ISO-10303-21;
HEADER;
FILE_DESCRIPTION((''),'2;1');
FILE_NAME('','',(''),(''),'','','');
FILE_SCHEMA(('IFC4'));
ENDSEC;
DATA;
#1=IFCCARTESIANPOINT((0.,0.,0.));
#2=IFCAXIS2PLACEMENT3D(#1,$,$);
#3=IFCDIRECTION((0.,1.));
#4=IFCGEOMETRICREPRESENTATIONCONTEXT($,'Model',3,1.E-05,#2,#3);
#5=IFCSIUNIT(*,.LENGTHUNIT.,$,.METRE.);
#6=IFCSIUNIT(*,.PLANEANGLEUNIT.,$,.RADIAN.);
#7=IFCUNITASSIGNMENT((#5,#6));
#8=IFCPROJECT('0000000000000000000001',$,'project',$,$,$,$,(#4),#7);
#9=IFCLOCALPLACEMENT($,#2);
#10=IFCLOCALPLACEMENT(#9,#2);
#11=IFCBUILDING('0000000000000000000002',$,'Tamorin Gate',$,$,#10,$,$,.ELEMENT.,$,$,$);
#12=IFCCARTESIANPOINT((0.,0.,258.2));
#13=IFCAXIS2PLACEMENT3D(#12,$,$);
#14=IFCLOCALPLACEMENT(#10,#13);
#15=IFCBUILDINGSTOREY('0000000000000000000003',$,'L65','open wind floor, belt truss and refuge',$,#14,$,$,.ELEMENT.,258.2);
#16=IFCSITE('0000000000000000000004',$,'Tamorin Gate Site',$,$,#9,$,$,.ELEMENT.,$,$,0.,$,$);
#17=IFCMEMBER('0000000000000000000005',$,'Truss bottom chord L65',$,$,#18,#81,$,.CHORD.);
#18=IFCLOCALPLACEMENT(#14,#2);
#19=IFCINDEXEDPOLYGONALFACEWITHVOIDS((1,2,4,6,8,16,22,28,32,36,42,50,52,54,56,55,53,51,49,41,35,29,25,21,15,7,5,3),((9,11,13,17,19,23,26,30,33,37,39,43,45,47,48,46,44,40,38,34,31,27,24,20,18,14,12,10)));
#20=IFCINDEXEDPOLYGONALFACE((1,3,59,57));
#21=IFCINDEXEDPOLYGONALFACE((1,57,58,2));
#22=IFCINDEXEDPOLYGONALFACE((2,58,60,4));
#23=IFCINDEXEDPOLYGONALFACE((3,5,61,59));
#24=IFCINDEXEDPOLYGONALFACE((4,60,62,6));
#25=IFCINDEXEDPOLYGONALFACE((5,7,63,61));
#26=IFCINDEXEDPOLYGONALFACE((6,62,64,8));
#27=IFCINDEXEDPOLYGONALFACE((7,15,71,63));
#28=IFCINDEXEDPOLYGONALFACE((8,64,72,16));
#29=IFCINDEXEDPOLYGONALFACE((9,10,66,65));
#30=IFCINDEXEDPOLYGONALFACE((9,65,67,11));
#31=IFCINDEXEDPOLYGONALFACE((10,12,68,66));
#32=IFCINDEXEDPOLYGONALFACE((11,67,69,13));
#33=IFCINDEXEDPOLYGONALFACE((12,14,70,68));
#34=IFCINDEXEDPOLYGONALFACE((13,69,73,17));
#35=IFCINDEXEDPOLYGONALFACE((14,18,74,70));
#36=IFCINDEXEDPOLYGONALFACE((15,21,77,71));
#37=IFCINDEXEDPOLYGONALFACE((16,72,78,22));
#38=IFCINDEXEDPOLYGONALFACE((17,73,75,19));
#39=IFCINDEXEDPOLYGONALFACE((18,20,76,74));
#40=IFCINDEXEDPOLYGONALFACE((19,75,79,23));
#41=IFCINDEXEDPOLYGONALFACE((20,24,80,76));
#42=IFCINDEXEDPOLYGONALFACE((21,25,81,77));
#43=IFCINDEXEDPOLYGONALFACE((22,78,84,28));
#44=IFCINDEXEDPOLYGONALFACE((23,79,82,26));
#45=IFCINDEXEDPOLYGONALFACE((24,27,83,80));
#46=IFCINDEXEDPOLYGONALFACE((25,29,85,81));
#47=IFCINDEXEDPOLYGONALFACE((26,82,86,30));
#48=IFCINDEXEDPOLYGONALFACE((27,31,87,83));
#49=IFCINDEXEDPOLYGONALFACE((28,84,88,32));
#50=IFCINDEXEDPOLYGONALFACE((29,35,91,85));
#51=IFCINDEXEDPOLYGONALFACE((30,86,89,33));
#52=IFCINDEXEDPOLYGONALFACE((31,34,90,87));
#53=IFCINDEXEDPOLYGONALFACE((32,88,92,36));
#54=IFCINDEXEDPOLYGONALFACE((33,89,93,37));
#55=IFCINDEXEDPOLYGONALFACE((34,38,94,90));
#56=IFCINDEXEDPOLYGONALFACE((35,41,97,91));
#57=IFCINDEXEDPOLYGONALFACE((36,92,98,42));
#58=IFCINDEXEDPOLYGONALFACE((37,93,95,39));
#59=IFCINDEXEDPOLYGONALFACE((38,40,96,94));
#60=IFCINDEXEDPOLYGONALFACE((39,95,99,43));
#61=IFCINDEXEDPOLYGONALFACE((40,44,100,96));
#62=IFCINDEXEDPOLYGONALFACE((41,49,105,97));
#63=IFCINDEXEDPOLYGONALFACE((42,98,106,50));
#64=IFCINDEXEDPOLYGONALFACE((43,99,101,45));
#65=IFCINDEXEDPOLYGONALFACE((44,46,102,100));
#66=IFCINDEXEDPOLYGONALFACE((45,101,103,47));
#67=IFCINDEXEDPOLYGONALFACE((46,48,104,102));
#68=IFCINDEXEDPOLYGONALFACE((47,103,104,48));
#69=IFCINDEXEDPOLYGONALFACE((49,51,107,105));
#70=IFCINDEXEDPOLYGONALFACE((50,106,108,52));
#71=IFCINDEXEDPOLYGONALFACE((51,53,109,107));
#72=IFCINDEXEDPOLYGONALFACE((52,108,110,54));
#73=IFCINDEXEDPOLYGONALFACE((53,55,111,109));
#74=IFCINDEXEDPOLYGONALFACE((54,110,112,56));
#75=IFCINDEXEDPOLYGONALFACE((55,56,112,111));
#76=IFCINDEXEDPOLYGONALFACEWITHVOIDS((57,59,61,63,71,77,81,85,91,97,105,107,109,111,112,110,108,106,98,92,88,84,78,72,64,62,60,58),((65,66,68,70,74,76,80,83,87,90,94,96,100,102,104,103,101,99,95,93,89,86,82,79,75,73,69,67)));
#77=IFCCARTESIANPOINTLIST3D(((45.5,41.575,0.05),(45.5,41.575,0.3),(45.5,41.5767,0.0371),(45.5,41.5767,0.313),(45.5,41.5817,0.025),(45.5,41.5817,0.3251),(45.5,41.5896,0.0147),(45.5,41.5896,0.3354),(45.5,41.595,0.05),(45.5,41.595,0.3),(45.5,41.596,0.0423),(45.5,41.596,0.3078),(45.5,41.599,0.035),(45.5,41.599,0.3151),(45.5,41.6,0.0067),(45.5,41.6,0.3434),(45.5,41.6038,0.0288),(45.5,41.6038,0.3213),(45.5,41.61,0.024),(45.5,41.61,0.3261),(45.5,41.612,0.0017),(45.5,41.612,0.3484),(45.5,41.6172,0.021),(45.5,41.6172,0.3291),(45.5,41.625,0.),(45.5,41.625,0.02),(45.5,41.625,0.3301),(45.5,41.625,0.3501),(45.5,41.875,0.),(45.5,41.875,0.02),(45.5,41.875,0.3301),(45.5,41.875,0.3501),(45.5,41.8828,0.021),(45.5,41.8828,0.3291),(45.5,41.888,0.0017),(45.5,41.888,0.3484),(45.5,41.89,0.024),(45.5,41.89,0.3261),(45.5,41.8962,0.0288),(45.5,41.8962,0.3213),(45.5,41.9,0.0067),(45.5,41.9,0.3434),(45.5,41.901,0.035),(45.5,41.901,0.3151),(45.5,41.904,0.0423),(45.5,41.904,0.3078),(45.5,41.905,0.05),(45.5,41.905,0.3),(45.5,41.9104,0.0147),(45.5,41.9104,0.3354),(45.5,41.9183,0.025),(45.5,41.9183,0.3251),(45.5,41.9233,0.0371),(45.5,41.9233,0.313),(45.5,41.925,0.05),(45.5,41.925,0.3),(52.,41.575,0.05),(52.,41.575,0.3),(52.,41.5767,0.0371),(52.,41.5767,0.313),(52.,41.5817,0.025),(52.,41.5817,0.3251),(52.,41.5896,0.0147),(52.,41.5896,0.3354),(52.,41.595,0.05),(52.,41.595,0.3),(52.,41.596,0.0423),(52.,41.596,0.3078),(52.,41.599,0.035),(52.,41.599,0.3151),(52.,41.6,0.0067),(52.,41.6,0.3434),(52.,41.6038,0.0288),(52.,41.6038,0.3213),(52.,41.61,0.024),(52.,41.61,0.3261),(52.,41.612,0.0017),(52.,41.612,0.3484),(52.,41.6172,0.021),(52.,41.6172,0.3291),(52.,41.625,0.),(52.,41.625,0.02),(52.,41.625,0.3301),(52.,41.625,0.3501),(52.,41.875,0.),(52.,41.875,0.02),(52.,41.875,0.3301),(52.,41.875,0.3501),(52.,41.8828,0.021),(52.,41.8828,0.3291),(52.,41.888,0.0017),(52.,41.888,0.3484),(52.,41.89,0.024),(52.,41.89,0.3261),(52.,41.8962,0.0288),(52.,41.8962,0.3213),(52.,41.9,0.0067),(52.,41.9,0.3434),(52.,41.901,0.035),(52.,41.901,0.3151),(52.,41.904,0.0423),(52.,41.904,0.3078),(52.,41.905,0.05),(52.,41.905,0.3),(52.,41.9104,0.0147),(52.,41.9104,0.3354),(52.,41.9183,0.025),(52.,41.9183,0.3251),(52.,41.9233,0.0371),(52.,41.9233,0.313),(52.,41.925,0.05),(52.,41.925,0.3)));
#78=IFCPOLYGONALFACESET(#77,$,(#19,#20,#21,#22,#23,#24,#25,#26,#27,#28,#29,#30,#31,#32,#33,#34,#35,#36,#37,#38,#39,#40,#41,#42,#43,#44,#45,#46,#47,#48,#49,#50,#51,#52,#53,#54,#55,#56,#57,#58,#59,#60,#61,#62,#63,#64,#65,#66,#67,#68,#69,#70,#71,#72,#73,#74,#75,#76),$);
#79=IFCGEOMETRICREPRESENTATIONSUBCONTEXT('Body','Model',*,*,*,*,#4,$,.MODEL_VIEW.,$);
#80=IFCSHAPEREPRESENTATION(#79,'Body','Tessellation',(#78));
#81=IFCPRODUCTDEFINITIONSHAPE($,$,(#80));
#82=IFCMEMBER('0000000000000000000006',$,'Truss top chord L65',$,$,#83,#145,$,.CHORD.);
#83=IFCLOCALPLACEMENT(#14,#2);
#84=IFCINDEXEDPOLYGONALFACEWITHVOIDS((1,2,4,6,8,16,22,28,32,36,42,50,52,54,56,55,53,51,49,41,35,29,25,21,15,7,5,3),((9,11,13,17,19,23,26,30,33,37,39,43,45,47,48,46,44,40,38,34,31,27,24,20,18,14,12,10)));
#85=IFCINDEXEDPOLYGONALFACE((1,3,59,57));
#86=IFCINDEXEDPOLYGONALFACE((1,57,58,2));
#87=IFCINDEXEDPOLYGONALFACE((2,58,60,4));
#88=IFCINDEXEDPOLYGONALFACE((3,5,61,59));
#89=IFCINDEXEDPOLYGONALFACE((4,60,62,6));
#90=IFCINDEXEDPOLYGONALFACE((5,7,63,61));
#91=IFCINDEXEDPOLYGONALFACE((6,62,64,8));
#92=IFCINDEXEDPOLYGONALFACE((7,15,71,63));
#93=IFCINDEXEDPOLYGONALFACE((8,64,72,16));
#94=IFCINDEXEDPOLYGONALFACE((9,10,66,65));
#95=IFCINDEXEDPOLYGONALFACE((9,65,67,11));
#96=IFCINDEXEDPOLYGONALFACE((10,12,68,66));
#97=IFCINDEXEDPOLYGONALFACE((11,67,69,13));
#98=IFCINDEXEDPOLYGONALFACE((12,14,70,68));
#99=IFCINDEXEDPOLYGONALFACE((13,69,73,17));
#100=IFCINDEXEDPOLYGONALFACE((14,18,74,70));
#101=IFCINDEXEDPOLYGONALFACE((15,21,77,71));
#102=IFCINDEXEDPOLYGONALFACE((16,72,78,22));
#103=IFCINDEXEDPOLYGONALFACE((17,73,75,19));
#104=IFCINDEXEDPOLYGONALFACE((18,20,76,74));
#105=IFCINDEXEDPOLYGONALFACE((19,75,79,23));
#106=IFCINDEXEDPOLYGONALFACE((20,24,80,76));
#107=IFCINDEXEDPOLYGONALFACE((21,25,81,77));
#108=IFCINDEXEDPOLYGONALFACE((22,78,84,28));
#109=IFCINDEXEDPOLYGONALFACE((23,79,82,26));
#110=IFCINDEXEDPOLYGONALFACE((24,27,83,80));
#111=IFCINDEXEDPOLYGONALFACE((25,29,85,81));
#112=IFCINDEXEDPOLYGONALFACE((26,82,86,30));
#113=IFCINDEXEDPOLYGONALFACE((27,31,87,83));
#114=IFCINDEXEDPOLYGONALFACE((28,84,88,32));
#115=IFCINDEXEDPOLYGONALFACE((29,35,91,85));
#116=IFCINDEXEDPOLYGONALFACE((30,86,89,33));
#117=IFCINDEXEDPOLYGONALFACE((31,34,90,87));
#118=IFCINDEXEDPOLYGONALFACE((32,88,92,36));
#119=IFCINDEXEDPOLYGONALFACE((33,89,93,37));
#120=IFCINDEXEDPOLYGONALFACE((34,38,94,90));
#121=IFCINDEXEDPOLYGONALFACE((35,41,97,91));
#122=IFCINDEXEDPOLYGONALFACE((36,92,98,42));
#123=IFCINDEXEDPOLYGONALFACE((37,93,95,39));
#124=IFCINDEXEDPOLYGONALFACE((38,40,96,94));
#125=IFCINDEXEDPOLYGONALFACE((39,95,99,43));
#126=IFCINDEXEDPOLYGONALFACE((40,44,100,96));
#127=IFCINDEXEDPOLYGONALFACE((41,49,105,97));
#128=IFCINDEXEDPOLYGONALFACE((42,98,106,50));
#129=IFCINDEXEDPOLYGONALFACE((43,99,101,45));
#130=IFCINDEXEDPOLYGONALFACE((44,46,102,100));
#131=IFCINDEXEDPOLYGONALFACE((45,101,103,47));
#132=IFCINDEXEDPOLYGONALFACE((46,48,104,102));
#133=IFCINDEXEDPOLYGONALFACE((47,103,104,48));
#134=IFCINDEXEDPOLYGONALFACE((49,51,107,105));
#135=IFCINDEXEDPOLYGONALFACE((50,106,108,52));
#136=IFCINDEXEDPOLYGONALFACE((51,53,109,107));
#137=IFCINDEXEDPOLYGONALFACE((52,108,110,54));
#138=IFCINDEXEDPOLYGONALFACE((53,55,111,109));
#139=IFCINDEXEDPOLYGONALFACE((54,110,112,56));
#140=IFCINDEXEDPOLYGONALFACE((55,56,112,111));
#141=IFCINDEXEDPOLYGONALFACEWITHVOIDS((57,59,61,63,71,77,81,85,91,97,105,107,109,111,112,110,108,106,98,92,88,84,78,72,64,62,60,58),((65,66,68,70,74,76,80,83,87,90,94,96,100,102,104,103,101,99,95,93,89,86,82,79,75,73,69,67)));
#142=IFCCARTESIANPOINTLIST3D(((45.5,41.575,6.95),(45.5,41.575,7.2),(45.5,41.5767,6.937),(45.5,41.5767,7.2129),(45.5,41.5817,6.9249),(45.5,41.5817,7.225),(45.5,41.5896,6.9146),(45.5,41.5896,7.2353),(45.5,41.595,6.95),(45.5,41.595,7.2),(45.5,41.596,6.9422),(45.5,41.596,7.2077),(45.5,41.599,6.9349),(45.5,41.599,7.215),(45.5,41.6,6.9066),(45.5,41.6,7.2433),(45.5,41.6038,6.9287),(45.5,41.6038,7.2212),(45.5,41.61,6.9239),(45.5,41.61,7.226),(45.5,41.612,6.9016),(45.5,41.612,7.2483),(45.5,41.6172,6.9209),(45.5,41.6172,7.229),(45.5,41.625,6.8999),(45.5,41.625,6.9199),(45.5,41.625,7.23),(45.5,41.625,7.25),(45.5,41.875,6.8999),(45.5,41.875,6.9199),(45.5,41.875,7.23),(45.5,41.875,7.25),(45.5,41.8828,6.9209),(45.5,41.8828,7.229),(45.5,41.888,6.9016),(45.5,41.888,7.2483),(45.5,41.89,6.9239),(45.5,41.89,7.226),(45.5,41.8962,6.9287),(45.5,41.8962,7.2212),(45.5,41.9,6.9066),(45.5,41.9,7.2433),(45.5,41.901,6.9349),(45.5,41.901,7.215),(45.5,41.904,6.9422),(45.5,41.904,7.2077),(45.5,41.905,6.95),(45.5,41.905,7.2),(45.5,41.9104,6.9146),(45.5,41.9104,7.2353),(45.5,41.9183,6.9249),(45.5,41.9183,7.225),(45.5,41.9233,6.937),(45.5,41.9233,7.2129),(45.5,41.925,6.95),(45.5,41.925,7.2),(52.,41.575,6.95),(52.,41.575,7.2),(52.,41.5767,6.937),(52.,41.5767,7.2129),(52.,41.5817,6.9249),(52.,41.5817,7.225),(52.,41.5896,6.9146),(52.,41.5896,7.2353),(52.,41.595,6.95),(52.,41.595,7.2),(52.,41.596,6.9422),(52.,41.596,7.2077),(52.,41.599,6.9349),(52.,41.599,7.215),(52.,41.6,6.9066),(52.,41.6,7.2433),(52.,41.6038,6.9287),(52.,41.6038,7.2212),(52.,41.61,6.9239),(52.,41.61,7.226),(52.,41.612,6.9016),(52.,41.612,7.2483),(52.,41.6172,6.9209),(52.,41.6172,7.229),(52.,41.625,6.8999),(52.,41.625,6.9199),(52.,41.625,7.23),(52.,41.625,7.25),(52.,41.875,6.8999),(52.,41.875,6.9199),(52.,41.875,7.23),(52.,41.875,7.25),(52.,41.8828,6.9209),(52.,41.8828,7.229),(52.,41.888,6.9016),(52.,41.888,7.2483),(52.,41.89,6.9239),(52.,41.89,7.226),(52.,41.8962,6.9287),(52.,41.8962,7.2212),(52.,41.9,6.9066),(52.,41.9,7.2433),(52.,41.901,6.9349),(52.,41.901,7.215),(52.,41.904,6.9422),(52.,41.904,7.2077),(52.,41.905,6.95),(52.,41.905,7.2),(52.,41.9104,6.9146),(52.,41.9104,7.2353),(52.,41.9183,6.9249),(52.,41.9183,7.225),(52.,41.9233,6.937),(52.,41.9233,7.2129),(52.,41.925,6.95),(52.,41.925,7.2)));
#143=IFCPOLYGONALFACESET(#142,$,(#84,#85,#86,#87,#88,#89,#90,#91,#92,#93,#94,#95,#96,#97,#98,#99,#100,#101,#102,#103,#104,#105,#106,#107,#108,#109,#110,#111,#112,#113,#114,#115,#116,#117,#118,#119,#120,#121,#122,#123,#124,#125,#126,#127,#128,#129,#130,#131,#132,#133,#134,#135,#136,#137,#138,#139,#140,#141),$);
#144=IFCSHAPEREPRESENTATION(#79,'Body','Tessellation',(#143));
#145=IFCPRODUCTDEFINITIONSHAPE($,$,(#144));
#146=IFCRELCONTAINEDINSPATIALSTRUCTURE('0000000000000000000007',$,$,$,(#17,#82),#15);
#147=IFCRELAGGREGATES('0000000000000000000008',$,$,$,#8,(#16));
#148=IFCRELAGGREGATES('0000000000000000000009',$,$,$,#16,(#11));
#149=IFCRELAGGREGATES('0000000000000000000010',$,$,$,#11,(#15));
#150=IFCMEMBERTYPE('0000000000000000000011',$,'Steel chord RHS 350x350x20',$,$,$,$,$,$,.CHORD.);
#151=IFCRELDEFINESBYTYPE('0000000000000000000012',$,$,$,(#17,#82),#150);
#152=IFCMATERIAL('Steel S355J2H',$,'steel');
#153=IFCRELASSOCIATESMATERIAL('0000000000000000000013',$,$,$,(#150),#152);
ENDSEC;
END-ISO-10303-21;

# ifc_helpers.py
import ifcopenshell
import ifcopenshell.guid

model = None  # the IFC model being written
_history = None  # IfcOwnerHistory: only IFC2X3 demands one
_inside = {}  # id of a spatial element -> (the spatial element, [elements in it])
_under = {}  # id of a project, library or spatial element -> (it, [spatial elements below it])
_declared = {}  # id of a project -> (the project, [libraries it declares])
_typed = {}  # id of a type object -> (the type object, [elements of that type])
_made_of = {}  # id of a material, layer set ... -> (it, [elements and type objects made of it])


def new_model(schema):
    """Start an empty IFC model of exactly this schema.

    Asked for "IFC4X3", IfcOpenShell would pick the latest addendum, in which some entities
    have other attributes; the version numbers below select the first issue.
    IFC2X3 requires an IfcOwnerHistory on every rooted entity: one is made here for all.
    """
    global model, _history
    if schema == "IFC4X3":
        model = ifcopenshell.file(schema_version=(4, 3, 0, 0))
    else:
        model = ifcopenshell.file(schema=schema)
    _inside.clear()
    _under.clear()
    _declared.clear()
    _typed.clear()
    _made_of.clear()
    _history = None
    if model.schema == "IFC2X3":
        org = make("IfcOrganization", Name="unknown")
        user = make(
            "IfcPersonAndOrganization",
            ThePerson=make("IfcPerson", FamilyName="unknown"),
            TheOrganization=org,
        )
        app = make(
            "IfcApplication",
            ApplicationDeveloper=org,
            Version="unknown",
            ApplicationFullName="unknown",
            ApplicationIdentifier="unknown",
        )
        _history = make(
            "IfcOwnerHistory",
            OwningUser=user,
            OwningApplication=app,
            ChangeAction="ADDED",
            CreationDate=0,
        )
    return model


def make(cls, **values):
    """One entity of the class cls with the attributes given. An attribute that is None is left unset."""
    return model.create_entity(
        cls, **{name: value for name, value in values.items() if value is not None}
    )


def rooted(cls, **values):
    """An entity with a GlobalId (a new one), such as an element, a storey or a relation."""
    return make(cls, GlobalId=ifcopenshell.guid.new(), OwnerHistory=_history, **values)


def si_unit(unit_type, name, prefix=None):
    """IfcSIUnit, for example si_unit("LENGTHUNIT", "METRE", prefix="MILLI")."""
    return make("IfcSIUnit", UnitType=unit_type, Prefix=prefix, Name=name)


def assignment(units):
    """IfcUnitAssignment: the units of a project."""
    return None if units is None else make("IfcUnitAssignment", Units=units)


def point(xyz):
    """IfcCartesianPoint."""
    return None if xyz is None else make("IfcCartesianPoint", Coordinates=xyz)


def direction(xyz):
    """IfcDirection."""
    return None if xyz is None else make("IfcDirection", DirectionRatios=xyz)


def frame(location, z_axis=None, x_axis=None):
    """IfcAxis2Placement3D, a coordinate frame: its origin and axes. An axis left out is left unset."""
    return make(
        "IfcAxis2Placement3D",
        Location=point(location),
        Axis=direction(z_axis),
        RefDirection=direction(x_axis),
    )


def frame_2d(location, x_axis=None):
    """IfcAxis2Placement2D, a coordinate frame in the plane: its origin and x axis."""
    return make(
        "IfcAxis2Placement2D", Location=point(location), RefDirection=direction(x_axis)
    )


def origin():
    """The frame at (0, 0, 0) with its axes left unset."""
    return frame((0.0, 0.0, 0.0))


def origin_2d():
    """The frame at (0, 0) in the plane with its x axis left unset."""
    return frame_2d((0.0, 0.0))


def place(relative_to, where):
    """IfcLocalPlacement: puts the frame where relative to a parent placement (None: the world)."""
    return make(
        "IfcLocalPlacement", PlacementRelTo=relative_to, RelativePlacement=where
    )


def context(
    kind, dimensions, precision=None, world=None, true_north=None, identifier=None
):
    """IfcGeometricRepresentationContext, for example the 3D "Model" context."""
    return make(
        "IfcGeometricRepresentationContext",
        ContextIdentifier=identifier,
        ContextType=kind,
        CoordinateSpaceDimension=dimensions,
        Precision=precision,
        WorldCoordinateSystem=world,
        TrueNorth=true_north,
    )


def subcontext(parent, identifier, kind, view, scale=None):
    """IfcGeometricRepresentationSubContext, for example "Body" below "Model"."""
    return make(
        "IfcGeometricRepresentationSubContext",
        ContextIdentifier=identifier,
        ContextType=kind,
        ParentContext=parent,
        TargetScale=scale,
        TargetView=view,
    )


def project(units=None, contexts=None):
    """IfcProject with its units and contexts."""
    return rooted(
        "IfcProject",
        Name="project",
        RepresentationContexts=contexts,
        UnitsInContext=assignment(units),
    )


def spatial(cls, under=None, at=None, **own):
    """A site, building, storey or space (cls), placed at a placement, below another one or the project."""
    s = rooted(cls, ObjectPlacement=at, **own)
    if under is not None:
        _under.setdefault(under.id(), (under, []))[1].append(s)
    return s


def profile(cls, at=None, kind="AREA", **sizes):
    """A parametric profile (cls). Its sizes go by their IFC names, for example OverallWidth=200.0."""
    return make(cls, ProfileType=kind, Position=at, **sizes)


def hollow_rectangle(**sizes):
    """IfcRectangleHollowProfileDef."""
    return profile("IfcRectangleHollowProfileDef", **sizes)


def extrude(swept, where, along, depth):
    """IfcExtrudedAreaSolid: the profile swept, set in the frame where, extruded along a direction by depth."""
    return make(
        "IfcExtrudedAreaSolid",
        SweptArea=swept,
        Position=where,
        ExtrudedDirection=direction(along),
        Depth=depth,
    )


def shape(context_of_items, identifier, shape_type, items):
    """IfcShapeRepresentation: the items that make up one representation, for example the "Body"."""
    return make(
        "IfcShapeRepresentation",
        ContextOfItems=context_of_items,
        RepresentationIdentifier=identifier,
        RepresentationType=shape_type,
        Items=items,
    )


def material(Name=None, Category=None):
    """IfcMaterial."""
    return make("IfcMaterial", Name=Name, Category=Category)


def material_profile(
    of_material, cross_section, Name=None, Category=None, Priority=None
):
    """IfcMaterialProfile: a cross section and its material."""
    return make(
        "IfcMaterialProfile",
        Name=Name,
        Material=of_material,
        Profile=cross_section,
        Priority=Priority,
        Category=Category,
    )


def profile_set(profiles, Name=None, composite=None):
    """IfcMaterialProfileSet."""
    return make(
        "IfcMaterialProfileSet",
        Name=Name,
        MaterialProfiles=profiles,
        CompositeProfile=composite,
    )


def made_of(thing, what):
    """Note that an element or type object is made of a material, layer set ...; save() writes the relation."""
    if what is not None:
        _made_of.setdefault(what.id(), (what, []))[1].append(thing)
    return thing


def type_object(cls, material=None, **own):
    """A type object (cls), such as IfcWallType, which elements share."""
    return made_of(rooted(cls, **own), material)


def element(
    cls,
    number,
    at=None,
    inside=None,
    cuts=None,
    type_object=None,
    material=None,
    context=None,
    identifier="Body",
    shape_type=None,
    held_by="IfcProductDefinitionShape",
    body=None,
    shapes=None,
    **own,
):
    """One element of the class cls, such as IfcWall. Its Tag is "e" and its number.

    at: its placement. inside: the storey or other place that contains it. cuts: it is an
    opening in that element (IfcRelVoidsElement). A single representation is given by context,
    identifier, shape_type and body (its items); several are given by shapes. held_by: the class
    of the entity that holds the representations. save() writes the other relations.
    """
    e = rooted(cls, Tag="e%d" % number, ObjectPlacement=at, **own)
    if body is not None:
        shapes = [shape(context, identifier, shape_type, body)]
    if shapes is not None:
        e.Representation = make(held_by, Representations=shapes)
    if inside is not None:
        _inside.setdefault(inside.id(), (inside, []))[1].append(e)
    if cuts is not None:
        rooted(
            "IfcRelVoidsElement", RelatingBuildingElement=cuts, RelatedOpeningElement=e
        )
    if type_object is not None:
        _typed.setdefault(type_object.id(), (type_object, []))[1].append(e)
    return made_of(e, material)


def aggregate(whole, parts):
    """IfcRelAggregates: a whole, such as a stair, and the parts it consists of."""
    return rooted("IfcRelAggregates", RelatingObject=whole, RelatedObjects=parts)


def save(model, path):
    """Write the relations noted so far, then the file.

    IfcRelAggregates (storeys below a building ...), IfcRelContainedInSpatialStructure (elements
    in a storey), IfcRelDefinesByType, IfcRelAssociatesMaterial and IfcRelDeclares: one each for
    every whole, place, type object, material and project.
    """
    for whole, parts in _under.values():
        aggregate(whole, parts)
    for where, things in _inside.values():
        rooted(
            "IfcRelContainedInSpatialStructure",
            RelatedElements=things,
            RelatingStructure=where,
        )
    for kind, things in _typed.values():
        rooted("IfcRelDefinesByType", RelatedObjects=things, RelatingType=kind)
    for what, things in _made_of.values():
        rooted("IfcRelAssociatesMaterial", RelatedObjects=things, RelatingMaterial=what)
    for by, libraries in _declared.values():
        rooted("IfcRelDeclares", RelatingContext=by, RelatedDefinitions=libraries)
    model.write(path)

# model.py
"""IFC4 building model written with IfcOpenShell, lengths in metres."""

from ifc_helpers import new_model, si_unit, direction, frame, origin, origin_2d, place, context, subcontext, project, spatial, hollow_rectangle, extrude, material, material_profile, profile_set, type_object, element, save


model = new_model("IFC4")

# Units and contexts
model_context = context("Model", 3, precision=1e-05, world=origin(), true_north=direction((0.0, 1.0)))
body_context = subcontext(model_context, "Body", "Model", "MODEL_VIEW")
ifc_project = project(units=[si_unit("LENGTHUNIT", "METRE"), si_unit("PLANEANGLEUNIT", "RADIAN")], contexts=[model_context])

# Site, building, storey
site_placement = place(None, origin())
site = spatial("IfcSite", under=ifc_project, at=site_placement, Name="Tamorin Gate Site", CompositionType="ELEMENT", RefElevation=0.0)
building_placement = place(site_placement, origin())
building = spatial("IfcBuilding", under=site, at=building_placement, Name="Tamorin Gate", CompositionType="ELEMENT")
storey_placement = place(building_placement, frame((0.0, 0.0, 258.2)))
storey = spatial("IfcBuildingStorey", under=building, at=storey_placement, Name="L65", Description="open wind floor, belt truss and refuge", CompositionType="ELEMENT", Elevation=258.2)

# Members
ifc_material_1 = material(Name="Steel S355J2H", Category="steel")
ifc_material_profile_1 = material_profile(ifc_material_1, hollow_rectangle(XDim=0.3501, YDim=0.3501, WallThickness=0.02, InnerFilletRadius=0.03, OuterFilletRadius=0.05, at=origin_2d()), Name="RHS 350x350x20")
ifc_profile_set_1 = profile_set([ifc_material_profile_1], Name="Steel S355J2H")
member_type_1 = type_object("IfcMemberType", Name="Steel chord RHS 350x350x20", PredefinedType="CHORD", material=ifc_profile_set_1)
for number, where, z_axis, x_axis, name in (
    (1, (45.5, 41.75, 0.175), (1.0, 0.0, 0.0), (0.0, 1.0, 0.0), "Truss bottom chord L65"),
    (2, (45.5, 41.75, 7.075), (1.0, 0.0, 0.0), (0.0, 1.0, 0.0), "Truss top chord L65"),
):
    element("IfcMember", number, at=place(storey_placement, frame(where, z_axis=z_axis, x_axis=x_axis)), inside=storey, type_object=member_type_1, Name=name, PredefinedType="CHORD", context=body_context, shape_type="SweptSolid", body=[
        extrude(hollow_rectangle(XDim=0.3501, YDim=0.3501, WallThickness=0.02, InnerFilletRadius=0.03, OuterFilletRadius=0.05, at=origin_2d()), origin(), (0.0, 0.0, 1.0), 6.5),
    ])

save(model, "model.ifc")
